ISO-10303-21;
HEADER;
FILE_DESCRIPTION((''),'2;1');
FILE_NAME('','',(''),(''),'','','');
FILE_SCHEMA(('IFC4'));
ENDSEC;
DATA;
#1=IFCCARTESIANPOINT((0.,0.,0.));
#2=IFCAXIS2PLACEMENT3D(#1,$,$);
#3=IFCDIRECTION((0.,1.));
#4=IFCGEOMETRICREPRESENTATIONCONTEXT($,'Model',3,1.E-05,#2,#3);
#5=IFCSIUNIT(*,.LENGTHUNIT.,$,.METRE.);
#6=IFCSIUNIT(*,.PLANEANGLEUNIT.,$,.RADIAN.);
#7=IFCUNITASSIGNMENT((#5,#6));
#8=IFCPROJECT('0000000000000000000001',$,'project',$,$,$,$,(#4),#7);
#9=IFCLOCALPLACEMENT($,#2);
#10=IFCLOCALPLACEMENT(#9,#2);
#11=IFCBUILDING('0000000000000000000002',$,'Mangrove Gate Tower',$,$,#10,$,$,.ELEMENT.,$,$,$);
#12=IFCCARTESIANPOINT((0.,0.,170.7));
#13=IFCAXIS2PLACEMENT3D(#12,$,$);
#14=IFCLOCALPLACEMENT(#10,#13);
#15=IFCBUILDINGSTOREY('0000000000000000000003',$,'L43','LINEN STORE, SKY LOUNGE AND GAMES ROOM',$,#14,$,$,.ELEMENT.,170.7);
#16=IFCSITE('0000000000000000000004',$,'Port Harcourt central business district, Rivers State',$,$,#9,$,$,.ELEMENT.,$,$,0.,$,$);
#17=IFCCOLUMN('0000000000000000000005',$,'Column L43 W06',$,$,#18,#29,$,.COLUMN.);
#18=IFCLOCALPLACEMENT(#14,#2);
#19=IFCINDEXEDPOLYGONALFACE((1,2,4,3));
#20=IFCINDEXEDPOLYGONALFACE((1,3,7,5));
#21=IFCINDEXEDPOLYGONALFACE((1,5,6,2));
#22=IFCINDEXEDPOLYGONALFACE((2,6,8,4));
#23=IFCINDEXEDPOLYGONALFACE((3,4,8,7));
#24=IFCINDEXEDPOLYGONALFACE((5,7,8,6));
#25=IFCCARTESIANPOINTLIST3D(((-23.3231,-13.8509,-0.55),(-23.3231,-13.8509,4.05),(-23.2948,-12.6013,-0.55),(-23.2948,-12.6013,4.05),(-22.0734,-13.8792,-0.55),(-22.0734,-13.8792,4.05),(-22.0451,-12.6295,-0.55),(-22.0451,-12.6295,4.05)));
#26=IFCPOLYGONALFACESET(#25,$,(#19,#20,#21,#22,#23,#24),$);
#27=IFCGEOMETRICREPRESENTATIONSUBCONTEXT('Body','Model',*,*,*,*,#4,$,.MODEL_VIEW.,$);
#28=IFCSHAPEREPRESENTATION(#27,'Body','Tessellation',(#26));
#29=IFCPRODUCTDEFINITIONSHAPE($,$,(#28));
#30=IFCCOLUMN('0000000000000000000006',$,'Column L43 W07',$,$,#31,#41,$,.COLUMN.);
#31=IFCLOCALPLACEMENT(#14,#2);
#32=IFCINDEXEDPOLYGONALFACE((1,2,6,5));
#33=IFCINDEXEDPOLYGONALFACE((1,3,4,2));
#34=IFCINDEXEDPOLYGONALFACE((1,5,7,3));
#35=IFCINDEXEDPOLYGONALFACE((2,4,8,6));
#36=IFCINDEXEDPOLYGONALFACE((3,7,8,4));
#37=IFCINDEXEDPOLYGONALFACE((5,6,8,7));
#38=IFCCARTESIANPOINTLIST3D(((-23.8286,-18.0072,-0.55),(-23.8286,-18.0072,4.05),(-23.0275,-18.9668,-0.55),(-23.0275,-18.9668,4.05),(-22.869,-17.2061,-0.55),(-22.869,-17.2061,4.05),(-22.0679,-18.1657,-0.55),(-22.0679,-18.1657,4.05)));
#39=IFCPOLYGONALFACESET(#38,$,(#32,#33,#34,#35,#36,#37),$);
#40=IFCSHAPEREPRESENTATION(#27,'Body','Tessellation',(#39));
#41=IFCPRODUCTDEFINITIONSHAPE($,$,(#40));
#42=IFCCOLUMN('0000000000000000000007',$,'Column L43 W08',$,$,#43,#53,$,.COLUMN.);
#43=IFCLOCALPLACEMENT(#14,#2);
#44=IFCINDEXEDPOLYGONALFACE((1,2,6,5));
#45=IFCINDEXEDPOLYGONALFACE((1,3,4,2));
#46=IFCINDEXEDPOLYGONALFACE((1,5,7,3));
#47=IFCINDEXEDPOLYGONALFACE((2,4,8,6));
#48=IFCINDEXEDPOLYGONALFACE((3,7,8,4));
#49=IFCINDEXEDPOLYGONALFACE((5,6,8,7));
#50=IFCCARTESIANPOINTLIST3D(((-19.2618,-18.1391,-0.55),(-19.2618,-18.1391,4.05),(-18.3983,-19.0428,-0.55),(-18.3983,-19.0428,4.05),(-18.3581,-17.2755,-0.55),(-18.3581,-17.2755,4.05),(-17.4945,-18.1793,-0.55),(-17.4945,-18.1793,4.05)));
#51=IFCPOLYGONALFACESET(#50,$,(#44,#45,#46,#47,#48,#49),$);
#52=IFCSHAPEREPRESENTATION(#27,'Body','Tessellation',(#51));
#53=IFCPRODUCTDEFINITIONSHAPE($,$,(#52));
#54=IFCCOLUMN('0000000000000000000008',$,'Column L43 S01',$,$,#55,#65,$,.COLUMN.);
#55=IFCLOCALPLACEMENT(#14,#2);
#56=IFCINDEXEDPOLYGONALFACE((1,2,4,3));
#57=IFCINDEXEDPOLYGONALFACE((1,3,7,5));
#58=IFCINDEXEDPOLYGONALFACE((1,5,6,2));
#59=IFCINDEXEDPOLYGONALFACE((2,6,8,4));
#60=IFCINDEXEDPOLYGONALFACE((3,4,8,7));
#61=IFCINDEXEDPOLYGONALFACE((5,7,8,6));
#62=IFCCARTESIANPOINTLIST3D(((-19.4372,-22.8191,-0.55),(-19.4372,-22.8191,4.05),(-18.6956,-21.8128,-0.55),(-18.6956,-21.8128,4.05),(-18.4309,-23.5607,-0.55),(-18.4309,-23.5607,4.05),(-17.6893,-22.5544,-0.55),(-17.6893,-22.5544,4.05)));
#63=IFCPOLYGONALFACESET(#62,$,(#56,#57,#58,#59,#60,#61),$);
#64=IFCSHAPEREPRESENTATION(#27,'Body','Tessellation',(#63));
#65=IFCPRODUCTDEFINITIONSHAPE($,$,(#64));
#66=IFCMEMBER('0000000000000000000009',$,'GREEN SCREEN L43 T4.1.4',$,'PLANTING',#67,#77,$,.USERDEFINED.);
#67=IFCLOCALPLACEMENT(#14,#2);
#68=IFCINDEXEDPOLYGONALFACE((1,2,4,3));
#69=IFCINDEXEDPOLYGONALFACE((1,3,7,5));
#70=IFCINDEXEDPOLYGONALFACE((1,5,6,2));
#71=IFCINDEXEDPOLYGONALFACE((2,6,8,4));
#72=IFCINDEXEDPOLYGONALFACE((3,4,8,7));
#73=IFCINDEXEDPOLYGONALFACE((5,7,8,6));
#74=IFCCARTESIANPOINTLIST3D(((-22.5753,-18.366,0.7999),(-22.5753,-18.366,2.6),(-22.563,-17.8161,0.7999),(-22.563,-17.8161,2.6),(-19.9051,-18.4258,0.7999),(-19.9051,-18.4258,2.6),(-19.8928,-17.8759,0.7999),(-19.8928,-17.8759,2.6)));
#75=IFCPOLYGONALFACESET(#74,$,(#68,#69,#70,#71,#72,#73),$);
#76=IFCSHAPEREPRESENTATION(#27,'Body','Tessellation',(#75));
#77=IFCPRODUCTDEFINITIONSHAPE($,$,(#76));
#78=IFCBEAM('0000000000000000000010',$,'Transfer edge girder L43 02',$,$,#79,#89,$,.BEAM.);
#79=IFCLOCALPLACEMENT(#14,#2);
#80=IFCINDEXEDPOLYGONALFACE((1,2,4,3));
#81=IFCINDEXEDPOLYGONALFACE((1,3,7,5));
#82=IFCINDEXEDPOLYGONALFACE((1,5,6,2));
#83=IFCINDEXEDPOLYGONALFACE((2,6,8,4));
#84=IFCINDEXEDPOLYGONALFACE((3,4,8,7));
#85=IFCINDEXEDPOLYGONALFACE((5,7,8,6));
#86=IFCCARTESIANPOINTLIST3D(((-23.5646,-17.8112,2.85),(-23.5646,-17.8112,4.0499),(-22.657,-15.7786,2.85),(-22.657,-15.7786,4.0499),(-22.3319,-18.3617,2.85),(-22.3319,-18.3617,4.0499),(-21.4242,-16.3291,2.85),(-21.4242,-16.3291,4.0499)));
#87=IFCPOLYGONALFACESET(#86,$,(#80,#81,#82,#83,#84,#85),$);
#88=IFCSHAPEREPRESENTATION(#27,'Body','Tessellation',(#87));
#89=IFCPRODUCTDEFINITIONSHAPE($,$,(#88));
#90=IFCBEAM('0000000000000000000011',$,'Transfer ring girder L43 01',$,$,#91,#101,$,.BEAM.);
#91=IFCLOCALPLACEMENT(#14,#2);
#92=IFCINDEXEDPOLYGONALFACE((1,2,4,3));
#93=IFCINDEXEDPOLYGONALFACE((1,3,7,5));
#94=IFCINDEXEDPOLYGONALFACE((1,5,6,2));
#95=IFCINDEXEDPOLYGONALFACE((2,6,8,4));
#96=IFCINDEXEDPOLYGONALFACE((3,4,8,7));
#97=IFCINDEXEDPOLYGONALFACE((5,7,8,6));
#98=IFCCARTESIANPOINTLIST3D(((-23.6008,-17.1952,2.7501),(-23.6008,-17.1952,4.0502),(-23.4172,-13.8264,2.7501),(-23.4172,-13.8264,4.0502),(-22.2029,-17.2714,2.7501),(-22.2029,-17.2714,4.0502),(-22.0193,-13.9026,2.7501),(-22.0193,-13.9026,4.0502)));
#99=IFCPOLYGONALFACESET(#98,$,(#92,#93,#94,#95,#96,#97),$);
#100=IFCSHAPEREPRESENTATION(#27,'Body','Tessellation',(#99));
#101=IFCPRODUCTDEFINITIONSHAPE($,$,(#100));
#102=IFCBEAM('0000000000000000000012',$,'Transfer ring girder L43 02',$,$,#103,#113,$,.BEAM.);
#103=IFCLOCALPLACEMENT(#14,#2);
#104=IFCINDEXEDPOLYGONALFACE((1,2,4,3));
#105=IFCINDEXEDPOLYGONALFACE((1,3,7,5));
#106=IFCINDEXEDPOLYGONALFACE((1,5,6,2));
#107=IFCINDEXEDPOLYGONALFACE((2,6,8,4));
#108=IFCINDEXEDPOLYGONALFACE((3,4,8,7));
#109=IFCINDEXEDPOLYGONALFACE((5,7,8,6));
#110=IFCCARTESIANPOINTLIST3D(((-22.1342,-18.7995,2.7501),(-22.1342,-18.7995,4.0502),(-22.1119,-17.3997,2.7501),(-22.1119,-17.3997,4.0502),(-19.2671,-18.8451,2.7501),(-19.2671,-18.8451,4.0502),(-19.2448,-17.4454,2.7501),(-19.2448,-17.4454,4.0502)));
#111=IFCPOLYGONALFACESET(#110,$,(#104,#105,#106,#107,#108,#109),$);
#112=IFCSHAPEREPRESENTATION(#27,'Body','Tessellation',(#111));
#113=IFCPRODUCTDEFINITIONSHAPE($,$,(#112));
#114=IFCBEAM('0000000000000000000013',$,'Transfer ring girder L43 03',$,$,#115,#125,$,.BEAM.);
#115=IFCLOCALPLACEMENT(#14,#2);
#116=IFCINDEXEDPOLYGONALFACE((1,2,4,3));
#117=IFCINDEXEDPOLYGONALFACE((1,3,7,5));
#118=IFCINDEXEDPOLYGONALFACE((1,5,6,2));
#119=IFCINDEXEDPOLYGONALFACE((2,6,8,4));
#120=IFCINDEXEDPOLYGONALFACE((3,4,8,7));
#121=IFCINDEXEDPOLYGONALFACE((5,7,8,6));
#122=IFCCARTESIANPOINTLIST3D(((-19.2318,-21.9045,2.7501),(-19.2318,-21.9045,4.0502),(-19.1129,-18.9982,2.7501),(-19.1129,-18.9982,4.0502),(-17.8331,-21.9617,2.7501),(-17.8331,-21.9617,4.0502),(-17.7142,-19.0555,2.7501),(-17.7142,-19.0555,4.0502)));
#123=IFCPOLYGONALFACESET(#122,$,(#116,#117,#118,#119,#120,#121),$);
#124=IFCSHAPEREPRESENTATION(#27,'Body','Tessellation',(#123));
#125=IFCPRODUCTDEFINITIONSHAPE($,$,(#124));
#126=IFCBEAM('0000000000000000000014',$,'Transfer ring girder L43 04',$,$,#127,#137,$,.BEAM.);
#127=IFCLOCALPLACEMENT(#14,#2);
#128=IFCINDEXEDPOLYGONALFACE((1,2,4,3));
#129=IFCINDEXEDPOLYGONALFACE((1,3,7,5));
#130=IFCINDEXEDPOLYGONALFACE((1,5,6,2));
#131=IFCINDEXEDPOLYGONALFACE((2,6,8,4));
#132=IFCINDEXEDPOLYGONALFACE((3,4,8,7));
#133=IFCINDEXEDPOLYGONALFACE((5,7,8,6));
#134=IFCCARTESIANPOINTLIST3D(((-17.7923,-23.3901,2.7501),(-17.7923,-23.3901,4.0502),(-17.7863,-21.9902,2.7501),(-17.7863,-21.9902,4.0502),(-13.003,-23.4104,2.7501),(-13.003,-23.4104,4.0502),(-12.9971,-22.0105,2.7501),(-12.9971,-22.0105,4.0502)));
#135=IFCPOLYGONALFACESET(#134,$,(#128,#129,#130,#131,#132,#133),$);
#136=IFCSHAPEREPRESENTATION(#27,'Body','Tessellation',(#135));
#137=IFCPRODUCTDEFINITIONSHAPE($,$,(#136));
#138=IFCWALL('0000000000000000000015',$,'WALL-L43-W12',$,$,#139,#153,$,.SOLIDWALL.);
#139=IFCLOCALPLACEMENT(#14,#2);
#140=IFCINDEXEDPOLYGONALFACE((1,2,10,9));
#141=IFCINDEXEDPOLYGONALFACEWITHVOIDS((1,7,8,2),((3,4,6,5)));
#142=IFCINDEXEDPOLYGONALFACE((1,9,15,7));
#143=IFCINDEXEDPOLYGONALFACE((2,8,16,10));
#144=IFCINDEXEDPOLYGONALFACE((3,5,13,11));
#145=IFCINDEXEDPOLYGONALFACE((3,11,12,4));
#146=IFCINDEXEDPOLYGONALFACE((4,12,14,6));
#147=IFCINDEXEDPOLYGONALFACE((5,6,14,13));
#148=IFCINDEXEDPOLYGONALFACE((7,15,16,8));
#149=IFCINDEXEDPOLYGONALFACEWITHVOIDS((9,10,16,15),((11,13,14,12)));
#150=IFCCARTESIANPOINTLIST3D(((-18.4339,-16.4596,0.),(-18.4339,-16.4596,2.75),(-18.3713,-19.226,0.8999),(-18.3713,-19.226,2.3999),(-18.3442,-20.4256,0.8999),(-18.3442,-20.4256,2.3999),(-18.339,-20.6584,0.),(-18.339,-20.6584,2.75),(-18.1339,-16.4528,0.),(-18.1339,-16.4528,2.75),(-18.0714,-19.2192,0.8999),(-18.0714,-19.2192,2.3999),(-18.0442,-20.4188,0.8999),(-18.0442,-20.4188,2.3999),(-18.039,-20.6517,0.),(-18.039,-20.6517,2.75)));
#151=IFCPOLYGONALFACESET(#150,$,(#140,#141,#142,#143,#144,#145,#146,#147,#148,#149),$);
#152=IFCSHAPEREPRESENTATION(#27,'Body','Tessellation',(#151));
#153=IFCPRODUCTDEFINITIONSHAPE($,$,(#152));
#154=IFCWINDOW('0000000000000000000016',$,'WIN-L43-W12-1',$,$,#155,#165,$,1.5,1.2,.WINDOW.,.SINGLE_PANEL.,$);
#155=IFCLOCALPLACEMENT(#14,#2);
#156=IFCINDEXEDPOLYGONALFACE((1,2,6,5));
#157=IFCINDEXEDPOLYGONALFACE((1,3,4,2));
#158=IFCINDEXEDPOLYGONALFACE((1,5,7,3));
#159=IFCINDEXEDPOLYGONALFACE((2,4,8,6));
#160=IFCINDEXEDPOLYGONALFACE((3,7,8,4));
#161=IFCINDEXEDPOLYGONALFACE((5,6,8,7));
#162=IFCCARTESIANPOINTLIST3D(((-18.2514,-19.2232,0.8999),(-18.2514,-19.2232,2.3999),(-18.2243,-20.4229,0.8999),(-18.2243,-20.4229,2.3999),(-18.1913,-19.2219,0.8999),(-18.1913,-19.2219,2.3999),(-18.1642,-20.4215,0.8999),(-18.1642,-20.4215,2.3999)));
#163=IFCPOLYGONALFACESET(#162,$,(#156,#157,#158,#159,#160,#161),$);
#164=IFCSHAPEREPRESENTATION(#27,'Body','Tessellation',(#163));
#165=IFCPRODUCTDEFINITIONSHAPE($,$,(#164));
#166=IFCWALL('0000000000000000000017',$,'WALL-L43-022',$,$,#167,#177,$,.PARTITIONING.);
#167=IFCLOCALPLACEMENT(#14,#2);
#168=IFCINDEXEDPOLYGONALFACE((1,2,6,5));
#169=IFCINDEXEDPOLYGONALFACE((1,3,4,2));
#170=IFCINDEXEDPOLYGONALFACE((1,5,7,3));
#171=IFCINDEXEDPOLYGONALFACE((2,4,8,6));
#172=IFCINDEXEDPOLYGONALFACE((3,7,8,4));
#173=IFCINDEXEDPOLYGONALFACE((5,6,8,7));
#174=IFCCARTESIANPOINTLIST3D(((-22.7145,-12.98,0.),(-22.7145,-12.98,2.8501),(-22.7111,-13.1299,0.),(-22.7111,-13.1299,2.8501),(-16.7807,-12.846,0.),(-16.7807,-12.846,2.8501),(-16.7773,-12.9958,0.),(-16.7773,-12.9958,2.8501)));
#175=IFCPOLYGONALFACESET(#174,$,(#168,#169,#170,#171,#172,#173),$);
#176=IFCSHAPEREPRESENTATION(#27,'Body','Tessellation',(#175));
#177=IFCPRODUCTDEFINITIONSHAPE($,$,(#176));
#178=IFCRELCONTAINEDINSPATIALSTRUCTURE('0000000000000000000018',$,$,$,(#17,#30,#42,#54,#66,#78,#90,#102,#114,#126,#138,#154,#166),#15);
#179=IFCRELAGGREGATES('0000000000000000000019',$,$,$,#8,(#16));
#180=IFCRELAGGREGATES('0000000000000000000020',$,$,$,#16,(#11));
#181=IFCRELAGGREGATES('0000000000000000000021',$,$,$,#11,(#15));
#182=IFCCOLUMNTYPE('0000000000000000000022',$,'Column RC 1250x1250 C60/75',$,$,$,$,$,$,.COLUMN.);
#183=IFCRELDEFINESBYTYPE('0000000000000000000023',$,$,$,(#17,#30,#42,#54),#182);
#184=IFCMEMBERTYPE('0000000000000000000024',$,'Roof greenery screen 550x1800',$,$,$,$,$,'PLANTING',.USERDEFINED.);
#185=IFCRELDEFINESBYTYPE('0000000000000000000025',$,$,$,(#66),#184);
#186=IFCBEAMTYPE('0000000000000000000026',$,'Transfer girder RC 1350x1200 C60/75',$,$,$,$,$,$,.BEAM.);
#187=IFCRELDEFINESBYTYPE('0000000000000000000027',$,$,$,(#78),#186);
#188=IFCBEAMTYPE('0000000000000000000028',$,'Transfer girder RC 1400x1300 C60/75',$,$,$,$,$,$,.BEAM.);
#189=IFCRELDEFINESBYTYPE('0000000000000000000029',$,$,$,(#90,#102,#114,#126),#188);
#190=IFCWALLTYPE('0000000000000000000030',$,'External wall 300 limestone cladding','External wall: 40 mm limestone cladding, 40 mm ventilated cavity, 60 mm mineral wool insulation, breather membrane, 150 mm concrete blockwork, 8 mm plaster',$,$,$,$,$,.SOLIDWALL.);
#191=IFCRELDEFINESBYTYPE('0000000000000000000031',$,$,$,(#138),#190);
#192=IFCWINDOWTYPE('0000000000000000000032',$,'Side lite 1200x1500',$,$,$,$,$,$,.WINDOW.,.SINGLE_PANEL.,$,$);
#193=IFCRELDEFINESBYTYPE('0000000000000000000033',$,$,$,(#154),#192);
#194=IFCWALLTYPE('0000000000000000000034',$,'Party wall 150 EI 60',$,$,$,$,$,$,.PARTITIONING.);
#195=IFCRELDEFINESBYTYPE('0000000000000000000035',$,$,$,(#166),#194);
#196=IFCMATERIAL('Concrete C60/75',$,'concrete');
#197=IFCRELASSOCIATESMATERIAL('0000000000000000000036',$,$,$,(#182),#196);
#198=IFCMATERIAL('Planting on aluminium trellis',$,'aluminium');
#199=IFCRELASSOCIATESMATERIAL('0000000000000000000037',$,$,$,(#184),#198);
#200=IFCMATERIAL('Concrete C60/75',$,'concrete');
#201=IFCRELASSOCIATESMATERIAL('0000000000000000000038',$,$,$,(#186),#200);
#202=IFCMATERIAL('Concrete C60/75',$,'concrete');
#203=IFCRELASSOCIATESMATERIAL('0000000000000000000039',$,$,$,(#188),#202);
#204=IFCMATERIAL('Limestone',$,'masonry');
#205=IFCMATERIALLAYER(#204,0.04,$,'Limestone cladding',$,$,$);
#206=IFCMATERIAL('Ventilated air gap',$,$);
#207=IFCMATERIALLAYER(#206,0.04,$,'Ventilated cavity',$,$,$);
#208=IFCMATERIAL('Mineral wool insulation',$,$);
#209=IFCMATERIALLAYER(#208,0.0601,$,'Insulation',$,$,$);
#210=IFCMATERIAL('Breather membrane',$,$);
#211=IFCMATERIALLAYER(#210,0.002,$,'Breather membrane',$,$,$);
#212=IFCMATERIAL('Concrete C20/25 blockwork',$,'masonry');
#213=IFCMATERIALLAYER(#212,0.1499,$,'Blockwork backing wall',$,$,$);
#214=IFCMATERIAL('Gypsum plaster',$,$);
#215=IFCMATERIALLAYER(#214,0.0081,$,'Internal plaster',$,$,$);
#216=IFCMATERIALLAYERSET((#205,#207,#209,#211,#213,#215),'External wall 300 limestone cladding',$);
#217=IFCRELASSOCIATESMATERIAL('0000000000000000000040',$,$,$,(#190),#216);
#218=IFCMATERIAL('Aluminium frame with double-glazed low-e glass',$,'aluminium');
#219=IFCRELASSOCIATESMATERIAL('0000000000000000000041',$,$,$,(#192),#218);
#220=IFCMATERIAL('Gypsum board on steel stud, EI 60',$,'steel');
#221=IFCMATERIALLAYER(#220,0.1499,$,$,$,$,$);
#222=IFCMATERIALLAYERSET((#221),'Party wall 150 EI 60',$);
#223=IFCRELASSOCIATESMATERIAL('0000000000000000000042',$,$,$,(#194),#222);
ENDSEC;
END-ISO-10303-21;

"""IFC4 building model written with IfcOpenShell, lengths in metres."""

from ifc_helpers import new_model, si_unit, direction, frame, frame_2d, origin, origin_2d, place, context, subcontext, project, spatial, rectangle, extrude, material, layer, layer_set, material_profile, profile_set, type_object, element, fill, save


model = new_model("IFC4")

# Units and contexts
model_context = context("Model", 3, precision=1e-05, world=origin(), true_north=direction((0.0, 1.0)))
body_context = subcontext(model_context, "Body", "Model", "MODEL_VIEW")
ifc_project = project(units=[si_unit("LENGTHUNIT", "METRE"), si_unit("PLANEANGLEUNIT", "RADIAN")], contexts=[model_context])

# Site, building, storey
site_placement = place(None, origin())
site = spatial("IfcSite", under=ifc_project, at=site_placement, Name="Port Harcourt central business district, Rivers State", CompositionType="ELEMENT", RefElevation=0.0)
building_placement = place(site_placement, origin())
building = spatial("IfcBuilding", under=site, at=building_placement, Name="Mangrove Gate Tower", CompositionType="ELEMENT")
storey_placement = place(building_placement, frame((0.0, 0.0, 170.7)))
storey = spatial("IfcBuildingStorey", under=building, at=storey_placement, Name="L43", Description="LINEN STORE, SKY LOUNGE AND GAMES ROOM", CompositionType="ELEMENT", Elevation=170.7)

# Columns
ifc_material_1 = material(Name="Concrete C60/75", Category="concrete")
ifc_material_profile_1 = material_profile(ifc_material_1, rectangle(XDim=1.25, YDim=1.25, at=origin_2d()))
ifc_profile_set_1 = profile_set([ifc_material_profile_1], Name="Concrete C60/75")
column_type = type_object("IfcColumnType", Name="Column RC 1250x1250 C60/75", PredefinedType="COLUMN", material=ifc_profile_set_1)
for number, where, z_axis, x_axis, name in (
    (1, (-22.6841, -13.2402, -0.55), (0.0, 0.0, 1.0), (-0.022613, -0.999744, 0.0), "Column L43 W06"),
    (2, (-22.9482, -18.0864, -0.55), (0.0, 0.0, 1.0), (0.640874, -0.767646, 0.0), "Column L43 W07"),
    (3, (-18.3782, -18.1592, -0.55), (0.0, 0.0, 1.0), (0.69086, -0.722989, 0.0), "Column L43 W08"),
    (4, (-18.5632, -22.6868, -0.55), (0.0, 0.0, 1.0), (0.804996, -0.59328, 0.0), "Column L43 S01"),
):
    element("IfcColumn", number, at=place(storey_placement, frame(where, z_axis=z_axis, x_axis=x_axis)), inside=storey, type_object=column_type, Name=name, PredefinedType="COLUMN", context=body_context, shape_type="SweptSolid", body=[
        extrude(rectangle(XDim=1.25, YDim=1.25, at=origin_2d()), origin(), (0.0, 0.0, 1.0), 4.6001),
    ])

# Member
ifc_material_2 = material(Name="Planting on aluminium trellis", Category="aluminium")
ifc_material_profile_2 = material_profile(ifc_material_2, rectangle(XDim=0.55, YDim=1.8, at=origin_2d()))
ifc_profile_set_2 = profile_set([ifc_material_profile_2], Name="Planting on aluminium trellis")
member_type = type_object("IfcMemberType", Name="Roof greenery screen 550x1800", ElementType="PLANTING", PredefinedType="USERDEFINED", material=ifc_profile_set_2)
member_placement = place(storey_placement, frame((-19.8989, -18.1509, 1.7), z_axis=(-0.999749, 0.022395, 0.0), x_axis=(-0.022395, -0.999749, 0.0)))
element("IfcMember", 5, at=member_placement, inside=storey, type_object=member_type, Name="GREEN SCREEN L43 T4.1.4", ObjectType="PLANTING", PredefinedType="USERDEFINED", context=body_context, shape_type="SweptSolid", body=[
    extrude(rectangle(XDim=0.55, YDim=1.8, at=origin_2d()), origin(), (0.0, 0.0, 1.0), 2.6709),
])

# Beams
ifc_material_3 = material(Name="Concrete C60/75", Category="concrete")
ifc_material_profile_3 = material_profile(ifc_material_3, rectangle(XDim=1.3501, YDim=1.2, at=origin_2d()))
ifc_profile_set_3 = profile_set([ifc_material_profile_3], Name="Concrete C60/75")
beam_type_1 = type_object("IfcBeamType", Name="Transfer girder RC 1350x1200 C60/75", PredefinedType="BEAM", material=ifc_profile_set_3)
beam_1_placement = place(storey_placement, frame((-22.9482, -18.0864, 3.45), z_axis=(0.407746, 0.913096, 0.0), x_axis=(-0.913096, 0.407746, 0.0)))
element("IfcBeam", 6, at=beam_1_placement, inside=storey, type_object=beam_type_1, Name="Transfer edge girder L43 02", PredefinedType="BEAM", context=body_context, shape_type="SweptSolid", body=[
    extrude(rectangle(XDim=1.3501, YDim=1.2, at=origin_2d()), origin(), (0.0, 0.0, 1.0), 2.2261),
])
ifc_material_4 = material(Name="Concrete C60/75", Category="concrete")
ifc_material_profile_4 = material_profile(ifc_material_4, rectangle(XDim=1.3999, YDim=1.3, at=origin_2d()))
ifc_profile_set_4 = profile_set([ifc_material_profile_4], Name="Concrete C60/75")
beam_type_2 = type_object("IfcBeamType", Name="Transfer girder RC 1400x1300 C60/75", PredefinedType="BEAM", material=ifc_profile_set_4)
beam_2_placement = place(storey_placement, frame((-22.7183, -13.8645, 3.4001), z_axis=(-0.054416, -0.998518, 0.0), x_axis=(0.998518, -0.054416, 0.0)))
element("IfcBeam", 7, at=beam_2_placement, inside=storey, type_object=beam_type_2, Name="Transfer ring girder L43 01", PredefinedType="BEAM", context=body_context, shape_type="SweptSolid", body=[
    extrude(rectangle(XDim=1.3999, YDim=1.3, at=origin_2d()), origin(), (0.0, 0.0, 1.0), 3.3738),
])
beam_3_placement = place(storey_placement, frame((-22.123, -18.0996, 3.4001), z_axis=(0.999873, -0.015921, 0.0), x_axis=(0.015921, 0.999873, 0.0)))
element("IfcBeam", 8, at=beam_3_placement, inside=storey, type_object=beam_type_2, Name="Transfer ring girder L43 02", PredefinedType="BEAM", context=body_context, shape_type="SweptSolid", body=[
    extrude(rectangle(XDim=1.3999, YDim=1.3, at=origin_2d()), origin(), (0.0, 0.0, 1.0), 2.8674),
])
beam_4_placement = place(storey_placement, frame((-18.4136, -19.0269, 3.4001), z_axis=(-0.040876, -0.999164, 0.0), x_axis=(0.999164, -0.040876, 0.0)))
element("IfcBeam", 9, at=beam_4_placement, inside=storey, type_object=beam_type_2, Name="Transfer ring girder L43 03", PredefinedType="BEAM", context=body_context, shape_type="SweptSolid", body=[
    extrude(rectangle(XDim=1.3999, YDim=1.3, at=origin_2d()), origin(), (0.0, 0.0, 1.0), 2.9087),
])
beam_5_placement = place(storey_placement, frame((-17.7893, -22.6902, 3.4001), z_axis=(0.999991, -0.004231, 0.0), x_axis=(0.004231, 0.999991, 0.0)))
element("IfcBeam", 10, at=beam_5_placement, inside=storey, type_object=beam_type_2, Name="Transfer ring girder L43 04", PredefinedType="BEAM", context=body_context, shape_type="SweptSolid", body=[
    extrude(rectangle(XDim=1.3999, YDim=1.3, at=origin_2d()), origin(), (0.0, 0.0, 1.0), 4.7893),
])

# Shared definitions
ifc_material_5 = material(Name="Limestone", Category="masonry")
ifc_layer_1 = layer(ifc_material_5, 0.04, Name="Limestone cladding")
ifc_material_6 = material(Name="Ventilated air gap")
ifc_layer_2 = layer(ifc_material_6, 0.04, Name="Ventilated cavity")
ifc_material_7 = material(Name="Mineral wool insulation")
ifc_layer_3 = layer(ifc_material_7, 0.0601, Name="Insulation")
ifc_material_8 = material(Name="Breather membrane")
ifc_layer_4 = layer(ifc_material_8, 0.002, Name="Breather membrane")
ifc_material_9 = material(Name="Concrete C20/25 blockwork", Category="masonry")
ifc_layer_5 = layer(ifc_material_9, 0.1499, Name="Blockwork backing wall")
ifc_material_10 = material(Name="Gypsum plaster")
ifc_layer_6 = layer(ifc_material_10, 0.0081, Name="Internal plaster")
ifc_layer_set_1 = layer_set([ifc_layer_1, ifc_layer_2, ifc_layer_3, ifc_layer_4, ifc_layer_5, ifc_layer_6], Name="External wall 300 limestone cladding")
wall_type_1 = type_object("IfcWallType", Name="External wall 300 limestone cladding", Description="External wall: 40 mm limestone cladding, 40 mm ventilated cavity, 60 mm mineral wool insulation, breather membrane, 150 mm concrete blockwork, 8 mm plaster", PredefinedType="SOLIDWALL", material=ifc_layer_set_1)

# Wall, opening, window
wall_1_placement = place(storey_placement, frame((-18.2839, -16.4561, 0.0), z_axis=(0.0, 0.0, 1.0), x_axis=(0.022612, -0.999744, 0.0)))
wall_1 = element("IfcWall", 11, at=wall_1_placement, inside=storey, type_object=wall_type_1, Name="WALL-L43-W12", PredefinedType="SOLIDWALL", context=body_context, shape_type="SweptSolid", body=[
    extrude(rectangle(XDim=4.2, YDim=0.3, at=frame_2d((2.1001, 0.0))), origin(), (0.0, 0.0, 1.0), 2.75),
])
opening_1_placement = place(wall_1_placement, frame((2.7671, 0.0, 0.8999)))
opening_1 = element("IfcOpeningElement", 12, at=opening_1_placement, cuts=wall_1, PredefinedType="OPENING", context=body_context, shape_type="SweptSolid", body=[
    extrude(rectangle(XDim=1.2, YDim=1.5, at=frame_2d((0.6001, 0.75))), frame((0.0, 0.1599, 0.0), z_axis=(0.0, -1.0, 0.0), x_axis=(1.0, 0.0, 0.0)), (0.0, 0.0, 1.0), 0.3201),
])
ifc_material_11 = material(Name="Aluminium frame with double-glazed low-e glass", Category="aluminium")
window_type_1 = type_object("IfcWindowType", Name="Side lite 1200x1500", PartitioningType="SINGLE_PANEL", PredefinedType="WINDOW", material=ifc_material_11)
window_1_placement = place(opening_1_placement, origin())
window_1 = element("IfcWindow", 13, at=window_1_placement, inside=storey, type_object=window_type_1, Name="WIN-L43-W12-1", OverallHeight=1.5, OverallWidth=1.2, PartitioningType="SINGLE_PANEL", PredefinedType="WINDOW", context=body_context, shape_type="SweptSolid", body=[
    extrude(rectangle(XDim=1.2, YDim=1.5, at=frame_2d((0.6001, 0.75))), frame((0.0, 0.03, 0.0), z_axis=(0.0, -1.0, 0.0), x_axis=(1.0, 0.0, 0.0)), (0.0, 0.0, 1.0), 0.0601),
])
fill(opening_1, window_1)

# Wall
ifc_material_12 = material(Name="Gypsum board on steel stud, EI 60", Category="steel")
ifc_layer_7 = layer(ifc_material_12, 0.1499)
ifc_layer_set_2 = layer_set([ifc_layer_7], Name="Party wall 150 EI 60")
wall_type_2 = type_object("IfcWallType", Name="Party wall 150 EI 60", PredefinedType="PARTITIONING", material=ifc_layer_set_2)
wall_2_placement = place(storey_placement, frame((-22.7129, -13.0549, 0.0), z_axis=(0.0, 0.0, 1.0), x_axis=(0.999745, 0.022582, 0.0)))
element("IfcWall", 14, at=wall_2_placement, inside=storey, type_object=wall_type_2, Name="WALL-L43-022", PredefinedType="PARTITIONING", context=body_context, shape_type="SweptSolid", body=[
    extrude(rectangle(XDim=5.9353, YDim=0.1499, at=frame_2d((2.9678, 0.0))), origin(), (0.0, 0.0, 1.0), 2.8501),
])

save(model, "model.ifc")
